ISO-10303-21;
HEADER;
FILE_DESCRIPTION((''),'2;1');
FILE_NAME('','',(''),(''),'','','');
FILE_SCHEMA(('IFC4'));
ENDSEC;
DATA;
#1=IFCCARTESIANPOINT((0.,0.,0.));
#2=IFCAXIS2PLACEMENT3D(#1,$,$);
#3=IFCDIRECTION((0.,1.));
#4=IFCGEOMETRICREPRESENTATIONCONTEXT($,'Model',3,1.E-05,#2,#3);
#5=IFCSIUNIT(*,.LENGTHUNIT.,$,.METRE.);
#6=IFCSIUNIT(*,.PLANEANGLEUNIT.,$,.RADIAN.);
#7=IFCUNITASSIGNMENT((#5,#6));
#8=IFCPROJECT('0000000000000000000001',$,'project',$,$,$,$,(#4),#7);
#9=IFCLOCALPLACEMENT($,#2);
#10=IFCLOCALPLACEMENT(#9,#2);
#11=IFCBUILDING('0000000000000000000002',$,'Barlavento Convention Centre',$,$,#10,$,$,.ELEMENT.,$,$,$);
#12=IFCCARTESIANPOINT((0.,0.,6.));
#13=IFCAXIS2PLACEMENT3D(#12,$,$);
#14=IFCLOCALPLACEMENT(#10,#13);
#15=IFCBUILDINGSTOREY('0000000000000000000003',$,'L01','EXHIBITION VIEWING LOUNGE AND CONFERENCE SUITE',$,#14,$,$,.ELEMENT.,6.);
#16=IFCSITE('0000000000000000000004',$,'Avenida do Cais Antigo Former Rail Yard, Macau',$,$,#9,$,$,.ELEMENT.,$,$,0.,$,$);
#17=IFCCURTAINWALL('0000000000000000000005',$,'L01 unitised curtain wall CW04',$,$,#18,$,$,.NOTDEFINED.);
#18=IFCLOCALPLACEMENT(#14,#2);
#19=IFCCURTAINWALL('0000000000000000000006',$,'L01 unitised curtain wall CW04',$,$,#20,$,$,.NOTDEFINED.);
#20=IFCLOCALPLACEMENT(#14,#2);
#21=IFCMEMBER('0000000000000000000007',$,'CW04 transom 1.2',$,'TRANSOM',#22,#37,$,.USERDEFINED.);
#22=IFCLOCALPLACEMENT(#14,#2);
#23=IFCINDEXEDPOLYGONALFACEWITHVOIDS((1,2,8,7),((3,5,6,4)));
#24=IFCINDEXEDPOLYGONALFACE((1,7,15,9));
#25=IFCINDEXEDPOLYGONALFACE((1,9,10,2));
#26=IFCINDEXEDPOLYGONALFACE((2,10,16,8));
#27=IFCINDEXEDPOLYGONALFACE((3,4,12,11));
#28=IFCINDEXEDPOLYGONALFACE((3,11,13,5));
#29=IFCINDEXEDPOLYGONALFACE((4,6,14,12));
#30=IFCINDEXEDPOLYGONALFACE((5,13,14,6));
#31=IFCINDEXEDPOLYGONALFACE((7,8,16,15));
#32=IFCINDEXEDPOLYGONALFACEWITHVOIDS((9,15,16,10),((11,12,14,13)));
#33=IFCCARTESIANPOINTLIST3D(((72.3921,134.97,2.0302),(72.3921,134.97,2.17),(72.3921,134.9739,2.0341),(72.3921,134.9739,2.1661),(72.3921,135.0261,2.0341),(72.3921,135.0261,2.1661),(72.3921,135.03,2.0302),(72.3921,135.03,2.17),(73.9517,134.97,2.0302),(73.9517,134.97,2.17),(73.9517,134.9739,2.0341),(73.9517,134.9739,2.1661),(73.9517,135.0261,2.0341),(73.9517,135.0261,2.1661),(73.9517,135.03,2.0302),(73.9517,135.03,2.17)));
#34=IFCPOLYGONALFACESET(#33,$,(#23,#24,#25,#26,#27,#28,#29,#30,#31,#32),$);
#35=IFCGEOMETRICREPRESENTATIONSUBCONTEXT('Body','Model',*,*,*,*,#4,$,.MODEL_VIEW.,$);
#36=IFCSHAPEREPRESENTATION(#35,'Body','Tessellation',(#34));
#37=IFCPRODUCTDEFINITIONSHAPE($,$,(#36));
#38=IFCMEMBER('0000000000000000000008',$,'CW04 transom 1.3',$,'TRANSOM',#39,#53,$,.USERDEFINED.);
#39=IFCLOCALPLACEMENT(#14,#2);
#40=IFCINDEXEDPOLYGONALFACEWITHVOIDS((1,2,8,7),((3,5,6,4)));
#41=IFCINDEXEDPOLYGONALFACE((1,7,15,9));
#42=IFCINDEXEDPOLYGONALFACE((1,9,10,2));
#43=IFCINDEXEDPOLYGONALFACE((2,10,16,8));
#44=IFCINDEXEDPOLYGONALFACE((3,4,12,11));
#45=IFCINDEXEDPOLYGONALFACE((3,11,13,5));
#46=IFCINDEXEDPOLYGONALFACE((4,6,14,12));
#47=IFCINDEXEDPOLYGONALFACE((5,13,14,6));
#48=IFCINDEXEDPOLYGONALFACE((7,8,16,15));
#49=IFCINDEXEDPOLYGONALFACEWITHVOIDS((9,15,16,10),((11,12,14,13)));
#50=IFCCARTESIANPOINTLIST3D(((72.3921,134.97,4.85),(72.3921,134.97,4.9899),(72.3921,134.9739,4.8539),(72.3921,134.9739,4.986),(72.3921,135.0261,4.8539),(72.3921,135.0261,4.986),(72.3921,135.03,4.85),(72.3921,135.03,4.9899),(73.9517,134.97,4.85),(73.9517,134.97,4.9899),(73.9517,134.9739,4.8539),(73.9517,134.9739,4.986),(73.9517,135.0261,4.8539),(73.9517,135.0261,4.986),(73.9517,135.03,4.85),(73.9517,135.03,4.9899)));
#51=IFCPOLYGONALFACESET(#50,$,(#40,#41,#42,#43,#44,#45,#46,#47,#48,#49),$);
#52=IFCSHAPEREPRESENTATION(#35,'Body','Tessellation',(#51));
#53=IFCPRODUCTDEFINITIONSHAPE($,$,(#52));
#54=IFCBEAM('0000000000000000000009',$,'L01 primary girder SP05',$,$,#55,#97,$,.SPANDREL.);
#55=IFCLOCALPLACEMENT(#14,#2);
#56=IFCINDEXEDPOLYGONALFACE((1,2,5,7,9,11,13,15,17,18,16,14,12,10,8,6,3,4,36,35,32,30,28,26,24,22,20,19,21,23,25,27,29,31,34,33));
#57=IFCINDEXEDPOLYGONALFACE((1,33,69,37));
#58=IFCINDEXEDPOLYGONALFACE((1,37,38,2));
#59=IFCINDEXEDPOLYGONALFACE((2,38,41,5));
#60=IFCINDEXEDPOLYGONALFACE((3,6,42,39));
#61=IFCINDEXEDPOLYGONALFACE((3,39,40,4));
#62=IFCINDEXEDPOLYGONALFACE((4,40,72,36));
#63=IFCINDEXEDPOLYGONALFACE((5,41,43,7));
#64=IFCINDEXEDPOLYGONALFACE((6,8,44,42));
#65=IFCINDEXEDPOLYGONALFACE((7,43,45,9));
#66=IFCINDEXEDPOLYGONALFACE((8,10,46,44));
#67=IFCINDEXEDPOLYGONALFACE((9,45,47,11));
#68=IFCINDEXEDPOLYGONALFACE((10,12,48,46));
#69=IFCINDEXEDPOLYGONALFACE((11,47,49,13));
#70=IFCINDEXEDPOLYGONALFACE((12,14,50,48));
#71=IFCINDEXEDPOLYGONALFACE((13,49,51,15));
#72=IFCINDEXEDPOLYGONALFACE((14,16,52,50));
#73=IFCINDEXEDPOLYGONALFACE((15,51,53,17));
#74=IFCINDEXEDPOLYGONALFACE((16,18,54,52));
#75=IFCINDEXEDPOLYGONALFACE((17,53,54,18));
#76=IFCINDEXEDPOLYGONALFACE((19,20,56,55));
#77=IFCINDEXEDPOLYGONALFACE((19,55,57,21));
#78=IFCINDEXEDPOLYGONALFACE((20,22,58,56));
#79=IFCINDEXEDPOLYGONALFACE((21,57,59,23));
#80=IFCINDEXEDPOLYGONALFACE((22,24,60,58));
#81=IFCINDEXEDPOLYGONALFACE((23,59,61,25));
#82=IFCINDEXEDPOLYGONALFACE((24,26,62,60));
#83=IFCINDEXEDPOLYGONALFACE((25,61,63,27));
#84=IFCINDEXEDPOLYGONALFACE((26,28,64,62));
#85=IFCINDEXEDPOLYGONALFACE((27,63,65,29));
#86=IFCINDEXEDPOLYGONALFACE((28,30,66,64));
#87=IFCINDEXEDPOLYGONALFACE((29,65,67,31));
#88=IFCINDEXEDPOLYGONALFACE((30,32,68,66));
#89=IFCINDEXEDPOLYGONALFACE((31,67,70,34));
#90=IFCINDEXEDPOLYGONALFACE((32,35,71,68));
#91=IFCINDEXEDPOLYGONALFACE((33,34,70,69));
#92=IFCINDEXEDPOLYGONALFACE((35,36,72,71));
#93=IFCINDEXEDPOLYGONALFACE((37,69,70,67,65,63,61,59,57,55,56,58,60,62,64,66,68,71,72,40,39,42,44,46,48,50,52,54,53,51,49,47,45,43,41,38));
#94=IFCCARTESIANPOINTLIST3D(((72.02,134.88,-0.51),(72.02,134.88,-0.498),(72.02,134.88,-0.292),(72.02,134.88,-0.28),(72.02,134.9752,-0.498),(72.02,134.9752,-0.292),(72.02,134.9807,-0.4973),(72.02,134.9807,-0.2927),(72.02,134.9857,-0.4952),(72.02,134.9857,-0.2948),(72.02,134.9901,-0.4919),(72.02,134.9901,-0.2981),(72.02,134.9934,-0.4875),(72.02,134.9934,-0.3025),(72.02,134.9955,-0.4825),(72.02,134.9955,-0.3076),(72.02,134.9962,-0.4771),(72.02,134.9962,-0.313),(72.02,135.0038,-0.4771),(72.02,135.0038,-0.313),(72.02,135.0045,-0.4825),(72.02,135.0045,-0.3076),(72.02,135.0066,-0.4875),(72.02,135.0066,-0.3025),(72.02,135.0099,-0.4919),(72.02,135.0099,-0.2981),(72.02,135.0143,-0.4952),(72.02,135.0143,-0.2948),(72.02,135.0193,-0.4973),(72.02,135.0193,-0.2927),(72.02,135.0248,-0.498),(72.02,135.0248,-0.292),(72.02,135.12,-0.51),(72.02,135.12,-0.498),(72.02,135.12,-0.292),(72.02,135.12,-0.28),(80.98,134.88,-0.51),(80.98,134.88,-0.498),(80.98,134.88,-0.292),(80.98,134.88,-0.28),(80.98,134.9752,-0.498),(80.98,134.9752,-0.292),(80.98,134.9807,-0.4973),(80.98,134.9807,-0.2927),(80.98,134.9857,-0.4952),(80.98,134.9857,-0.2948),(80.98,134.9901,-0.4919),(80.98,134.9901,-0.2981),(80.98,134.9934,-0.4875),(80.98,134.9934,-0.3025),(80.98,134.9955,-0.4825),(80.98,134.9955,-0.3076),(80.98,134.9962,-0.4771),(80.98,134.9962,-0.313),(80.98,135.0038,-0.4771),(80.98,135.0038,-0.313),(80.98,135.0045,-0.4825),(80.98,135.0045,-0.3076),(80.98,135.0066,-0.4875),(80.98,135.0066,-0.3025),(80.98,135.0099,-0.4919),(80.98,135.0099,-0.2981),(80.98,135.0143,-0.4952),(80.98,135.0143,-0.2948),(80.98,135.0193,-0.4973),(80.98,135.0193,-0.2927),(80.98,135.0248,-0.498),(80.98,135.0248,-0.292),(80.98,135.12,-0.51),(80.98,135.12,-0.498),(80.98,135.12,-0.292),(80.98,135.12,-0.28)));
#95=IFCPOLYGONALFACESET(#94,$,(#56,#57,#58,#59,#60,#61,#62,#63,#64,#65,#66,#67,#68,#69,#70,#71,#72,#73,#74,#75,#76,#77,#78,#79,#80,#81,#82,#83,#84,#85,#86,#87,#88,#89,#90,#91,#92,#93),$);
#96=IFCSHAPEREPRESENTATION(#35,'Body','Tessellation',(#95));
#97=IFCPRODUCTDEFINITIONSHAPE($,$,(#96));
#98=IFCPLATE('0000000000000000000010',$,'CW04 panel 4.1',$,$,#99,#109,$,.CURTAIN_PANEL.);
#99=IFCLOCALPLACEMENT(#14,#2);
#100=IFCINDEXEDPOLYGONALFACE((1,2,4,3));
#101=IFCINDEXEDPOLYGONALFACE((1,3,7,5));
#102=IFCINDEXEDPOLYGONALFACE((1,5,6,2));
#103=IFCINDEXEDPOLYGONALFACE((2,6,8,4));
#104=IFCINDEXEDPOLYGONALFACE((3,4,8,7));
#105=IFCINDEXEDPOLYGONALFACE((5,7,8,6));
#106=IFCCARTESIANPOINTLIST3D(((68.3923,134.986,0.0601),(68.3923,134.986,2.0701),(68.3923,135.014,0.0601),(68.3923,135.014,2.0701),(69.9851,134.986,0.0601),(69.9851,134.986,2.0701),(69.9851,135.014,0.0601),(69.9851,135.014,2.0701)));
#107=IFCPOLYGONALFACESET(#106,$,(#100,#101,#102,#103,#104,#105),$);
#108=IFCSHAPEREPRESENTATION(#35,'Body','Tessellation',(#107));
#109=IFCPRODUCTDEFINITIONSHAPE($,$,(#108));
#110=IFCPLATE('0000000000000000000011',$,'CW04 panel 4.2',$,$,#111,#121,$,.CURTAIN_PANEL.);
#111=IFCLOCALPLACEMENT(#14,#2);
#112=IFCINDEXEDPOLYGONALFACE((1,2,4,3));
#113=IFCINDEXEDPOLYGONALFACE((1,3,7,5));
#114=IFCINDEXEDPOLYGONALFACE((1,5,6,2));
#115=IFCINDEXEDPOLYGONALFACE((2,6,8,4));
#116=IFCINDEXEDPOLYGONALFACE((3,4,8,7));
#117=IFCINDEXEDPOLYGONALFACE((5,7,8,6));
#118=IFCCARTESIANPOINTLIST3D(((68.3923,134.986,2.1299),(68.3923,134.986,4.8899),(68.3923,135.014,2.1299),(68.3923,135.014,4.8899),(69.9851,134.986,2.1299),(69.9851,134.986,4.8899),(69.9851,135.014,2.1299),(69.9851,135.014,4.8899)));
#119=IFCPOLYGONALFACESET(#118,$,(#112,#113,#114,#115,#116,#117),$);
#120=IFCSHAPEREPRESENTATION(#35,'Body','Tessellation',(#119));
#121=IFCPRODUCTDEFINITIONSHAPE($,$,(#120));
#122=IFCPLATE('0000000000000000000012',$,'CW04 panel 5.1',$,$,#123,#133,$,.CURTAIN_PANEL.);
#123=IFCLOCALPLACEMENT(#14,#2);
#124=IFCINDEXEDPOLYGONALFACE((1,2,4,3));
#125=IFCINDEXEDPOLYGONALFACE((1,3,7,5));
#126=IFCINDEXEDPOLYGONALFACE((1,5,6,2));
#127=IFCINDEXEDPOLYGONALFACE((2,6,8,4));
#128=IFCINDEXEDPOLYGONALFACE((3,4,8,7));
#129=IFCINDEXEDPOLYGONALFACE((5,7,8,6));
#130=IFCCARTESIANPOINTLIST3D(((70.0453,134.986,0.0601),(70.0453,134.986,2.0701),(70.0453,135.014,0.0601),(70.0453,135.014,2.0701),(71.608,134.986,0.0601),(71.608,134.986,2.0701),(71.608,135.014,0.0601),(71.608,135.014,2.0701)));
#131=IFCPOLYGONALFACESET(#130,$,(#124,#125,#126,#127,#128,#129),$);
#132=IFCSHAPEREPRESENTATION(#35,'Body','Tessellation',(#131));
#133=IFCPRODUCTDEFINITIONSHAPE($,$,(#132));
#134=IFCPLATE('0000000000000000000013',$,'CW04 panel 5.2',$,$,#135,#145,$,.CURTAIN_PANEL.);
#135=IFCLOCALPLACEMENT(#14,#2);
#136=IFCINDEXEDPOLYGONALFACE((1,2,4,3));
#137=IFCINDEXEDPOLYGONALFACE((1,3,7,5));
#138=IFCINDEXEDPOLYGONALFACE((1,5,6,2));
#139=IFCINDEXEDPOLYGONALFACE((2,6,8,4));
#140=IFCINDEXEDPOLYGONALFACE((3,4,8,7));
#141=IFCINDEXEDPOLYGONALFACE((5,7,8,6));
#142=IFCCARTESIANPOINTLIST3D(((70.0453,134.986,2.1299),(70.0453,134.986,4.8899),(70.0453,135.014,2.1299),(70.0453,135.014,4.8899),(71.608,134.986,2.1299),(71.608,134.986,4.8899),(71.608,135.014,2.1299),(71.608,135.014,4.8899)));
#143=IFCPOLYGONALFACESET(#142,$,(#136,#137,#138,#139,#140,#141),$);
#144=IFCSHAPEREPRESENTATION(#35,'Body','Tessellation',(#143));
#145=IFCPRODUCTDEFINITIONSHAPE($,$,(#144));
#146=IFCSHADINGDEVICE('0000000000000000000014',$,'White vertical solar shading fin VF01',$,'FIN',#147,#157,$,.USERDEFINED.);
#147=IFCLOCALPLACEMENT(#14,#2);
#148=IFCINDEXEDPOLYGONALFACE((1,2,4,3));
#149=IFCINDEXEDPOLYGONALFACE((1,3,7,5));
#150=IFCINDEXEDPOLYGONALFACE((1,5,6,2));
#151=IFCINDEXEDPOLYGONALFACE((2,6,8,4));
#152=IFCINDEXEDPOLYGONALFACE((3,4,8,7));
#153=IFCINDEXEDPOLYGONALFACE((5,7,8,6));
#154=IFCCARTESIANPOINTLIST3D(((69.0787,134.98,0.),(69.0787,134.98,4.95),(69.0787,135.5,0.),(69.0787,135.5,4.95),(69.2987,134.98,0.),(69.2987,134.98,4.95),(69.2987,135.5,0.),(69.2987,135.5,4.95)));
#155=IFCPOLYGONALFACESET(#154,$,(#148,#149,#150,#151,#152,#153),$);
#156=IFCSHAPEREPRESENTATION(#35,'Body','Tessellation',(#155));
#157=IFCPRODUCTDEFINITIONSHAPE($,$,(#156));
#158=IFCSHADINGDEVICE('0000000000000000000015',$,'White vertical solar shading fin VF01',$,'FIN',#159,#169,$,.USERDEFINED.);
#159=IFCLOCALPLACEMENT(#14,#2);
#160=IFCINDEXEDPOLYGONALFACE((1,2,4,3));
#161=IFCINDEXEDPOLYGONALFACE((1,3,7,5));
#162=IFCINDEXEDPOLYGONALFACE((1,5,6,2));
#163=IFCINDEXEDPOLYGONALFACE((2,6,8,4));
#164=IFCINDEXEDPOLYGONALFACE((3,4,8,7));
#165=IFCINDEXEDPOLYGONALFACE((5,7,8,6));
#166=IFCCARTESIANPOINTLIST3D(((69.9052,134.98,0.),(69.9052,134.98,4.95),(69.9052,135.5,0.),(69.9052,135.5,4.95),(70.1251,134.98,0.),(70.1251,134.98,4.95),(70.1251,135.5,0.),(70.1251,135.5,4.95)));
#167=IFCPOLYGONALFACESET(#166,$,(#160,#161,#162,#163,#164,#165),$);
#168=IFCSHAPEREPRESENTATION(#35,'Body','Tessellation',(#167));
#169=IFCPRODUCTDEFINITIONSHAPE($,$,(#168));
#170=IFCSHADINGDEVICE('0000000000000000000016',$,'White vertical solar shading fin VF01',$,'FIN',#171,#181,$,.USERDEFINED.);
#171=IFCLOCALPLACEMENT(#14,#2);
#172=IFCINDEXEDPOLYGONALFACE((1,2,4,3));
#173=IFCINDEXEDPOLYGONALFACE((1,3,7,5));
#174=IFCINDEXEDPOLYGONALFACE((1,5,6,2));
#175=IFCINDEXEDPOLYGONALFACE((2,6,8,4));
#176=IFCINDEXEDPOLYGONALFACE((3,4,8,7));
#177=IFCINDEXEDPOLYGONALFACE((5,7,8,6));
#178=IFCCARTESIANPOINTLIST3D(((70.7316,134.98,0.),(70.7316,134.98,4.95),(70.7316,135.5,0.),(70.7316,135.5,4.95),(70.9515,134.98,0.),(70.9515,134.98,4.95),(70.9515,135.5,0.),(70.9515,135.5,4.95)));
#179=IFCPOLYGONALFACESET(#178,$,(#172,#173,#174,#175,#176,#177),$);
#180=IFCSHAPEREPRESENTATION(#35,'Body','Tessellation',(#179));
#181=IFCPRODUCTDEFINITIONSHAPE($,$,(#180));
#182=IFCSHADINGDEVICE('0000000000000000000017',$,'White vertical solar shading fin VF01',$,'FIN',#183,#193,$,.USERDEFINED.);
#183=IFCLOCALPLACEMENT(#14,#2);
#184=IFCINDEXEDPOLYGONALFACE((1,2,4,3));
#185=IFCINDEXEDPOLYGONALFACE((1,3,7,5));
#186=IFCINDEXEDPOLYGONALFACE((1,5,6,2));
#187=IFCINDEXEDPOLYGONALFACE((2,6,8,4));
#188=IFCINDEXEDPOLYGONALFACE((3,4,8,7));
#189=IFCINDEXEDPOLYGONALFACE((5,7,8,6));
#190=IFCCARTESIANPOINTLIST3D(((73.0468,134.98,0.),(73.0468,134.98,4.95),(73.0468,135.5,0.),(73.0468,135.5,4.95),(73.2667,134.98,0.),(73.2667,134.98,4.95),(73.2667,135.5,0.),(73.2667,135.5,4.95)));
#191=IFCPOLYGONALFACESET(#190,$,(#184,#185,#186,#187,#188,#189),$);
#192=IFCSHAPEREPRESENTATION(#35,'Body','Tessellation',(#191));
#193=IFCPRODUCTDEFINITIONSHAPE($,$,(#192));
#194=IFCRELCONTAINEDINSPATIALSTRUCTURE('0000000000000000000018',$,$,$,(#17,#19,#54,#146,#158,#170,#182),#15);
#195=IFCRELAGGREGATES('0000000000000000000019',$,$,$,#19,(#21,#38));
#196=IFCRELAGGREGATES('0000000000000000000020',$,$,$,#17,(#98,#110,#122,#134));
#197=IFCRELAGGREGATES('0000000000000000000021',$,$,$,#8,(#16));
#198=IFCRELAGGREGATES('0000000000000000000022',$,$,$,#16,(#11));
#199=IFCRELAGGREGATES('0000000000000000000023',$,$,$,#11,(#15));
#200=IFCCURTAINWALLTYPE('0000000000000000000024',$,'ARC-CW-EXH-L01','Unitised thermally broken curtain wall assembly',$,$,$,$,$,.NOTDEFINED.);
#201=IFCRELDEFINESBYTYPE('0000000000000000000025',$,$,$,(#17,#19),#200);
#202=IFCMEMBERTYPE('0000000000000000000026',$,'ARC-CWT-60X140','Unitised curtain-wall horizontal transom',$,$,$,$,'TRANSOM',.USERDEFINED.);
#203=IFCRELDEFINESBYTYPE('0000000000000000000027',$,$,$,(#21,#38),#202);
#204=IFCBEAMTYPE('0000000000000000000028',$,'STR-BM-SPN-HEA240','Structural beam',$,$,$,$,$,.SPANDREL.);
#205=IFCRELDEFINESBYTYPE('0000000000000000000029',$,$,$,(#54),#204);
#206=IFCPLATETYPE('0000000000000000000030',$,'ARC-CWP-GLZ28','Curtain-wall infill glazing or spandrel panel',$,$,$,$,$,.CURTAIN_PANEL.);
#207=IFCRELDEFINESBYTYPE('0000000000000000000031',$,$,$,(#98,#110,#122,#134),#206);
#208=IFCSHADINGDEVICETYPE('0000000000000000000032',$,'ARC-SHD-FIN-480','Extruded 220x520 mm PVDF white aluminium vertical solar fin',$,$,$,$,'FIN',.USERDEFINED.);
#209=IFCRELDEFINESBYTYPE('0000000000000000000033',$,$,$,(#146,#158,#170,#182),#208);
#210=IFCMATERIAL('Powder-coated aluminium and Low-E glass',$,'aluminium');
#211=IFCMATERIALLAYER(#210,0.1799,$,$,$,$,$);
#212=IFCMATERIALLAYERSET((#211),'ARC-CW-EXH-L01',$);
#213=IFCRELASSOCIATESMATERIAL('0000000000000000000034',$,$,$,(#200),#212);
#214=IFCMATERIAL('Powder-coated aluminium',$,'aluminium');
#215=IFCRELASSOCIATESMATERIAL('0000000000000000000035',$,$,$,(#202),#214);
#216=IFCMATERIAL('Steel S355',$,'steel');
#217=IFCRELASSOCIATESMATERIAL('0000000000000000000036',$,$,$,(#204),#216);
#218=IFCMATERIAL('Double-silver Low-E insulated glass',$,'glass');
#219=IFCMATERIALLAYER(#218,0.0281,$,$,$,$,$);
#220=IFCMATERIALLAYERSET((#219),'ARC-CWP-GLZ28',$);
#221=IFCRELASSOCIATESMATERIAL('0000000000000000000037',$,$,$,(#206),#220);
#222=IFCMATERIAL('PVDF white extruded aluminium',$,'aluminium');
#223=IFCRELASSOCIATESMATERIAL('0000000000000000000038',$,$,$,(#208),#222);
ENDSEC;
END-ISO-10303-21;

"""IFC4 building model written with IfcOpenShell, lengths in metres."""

from ifc_helpers import new_model, si_unit, direction, frame, origin, origin_2d, place, context, subcontext, project, spatial, rectangle, hollow_rectangle, i_section, extrude, material, layer, layer_set, material_profile, profile_set, type_object, element, aggregate, save


model = new_model("IFC4")

# Units and contexts
model_context = context("Model", 3, precision=1e-05, world=origin(), true_north=direction((0.0, 1.0)))
body_context = subcontext(model_context, "Body", "Model", "MODEL_VIEW")
ifc_project = project(units=[si_unit("LENGTHUNIT", "METRE"), si_unit("PLANEANGLEUNIT", "RADIAN")], contexts=[model_context])

# Site, building, storey
site_placement = place(None, origin())
site = spatial("IfcSite", under=ifc_project, at=site_placement, Name="Avenida do Cais Antigo Former Rail Yard, Macau", CompositionType="ELEMENT", RefElevation=0.0)
building_placement = place(site_placement, origin())
building = spatial("IfcBuilding", under=site, at=building_placement, Name="Barlavento Convention Centre", CompositionType="ELEMENT")
storey_placement = place(building_placement, frame((0.0, 0.0, 6.0)))
storey = spatial("IfcBuildingStorey", under=building, at=storey_placement, Name="L01", Description="EXHIBITION VIEWING LOUNGE AND CONFERENCE SUITE", CompositionType="ELEMENT", Elevation=6.0)

# Shared definitions
ifc_material_1 = material(Name="Steel S355", Category="steel")

# Curtain wall
ifc_material_2 = material(Name="Powder-coated aluminium and Low-E glass", Category="aluminium")
ifc_layer_1 = layer(ifc_material_2, 0.1799)
ifc_layer_set_1 = layer_set([ifc_layer_1], Name="ARC-CW-EXH-L01")
curtain_wall_type = type_object("IfcCurtainWallType", Name="ARC-CW-EXH-L01", Description="Unitised thermally broken curtain wall assembly", PredefinedType="NOTDEFINED", material=ifc_layer_set_1)
curtain_wall_1_placement = place(storey_placement, origin())
curtain_wall_1 = element("IfcCurtainWall", 1, at=curtain_wall_1_placement, inside=storey, type_object=curtain_wall_type, Name="L01 unitised curtain wall CW04", PredefinedType="NOTDEFINED")
ifc_material_3 = material(Name="Powder-coated aluminium", Category="aluminium")

# Curtain wall
curtain_wall_2_placement = place(storey_placement, origin())
curtain_wall_2 = element("IfcCurtainWall", 2, at=curtain_wall_2_placement, inside=storey, type_object=curtain_wall_type, Name="L01 unitised curtain wall CW04", PredefinedType="NOTDEFINED")

# Members
ifc_material_profile_1 = material_profile(ifc_material_3, hollow_rectangle(XDim=0.0601, YDim=0.1399, WallThickness=0.0039, at=origin_2d()), Name="AL-TRAN 60x140x4")
ifc_profile_set_1 = profile_set([ifc_material_profile_1], Name="Powder-coated aluminium")
member_type_1 = type_object("IfcMemberType", Name="ARC-CWT-60X140", Description="Unitised curtain-wall horizontal transom", ElementType="TRANSOM", PredefinedType="USERDEFINED", material=ifc_profile_set_1)
member_1_placement = place(storey_placement, frame((72.3921, 135.0, 2.1001), z_axis=(1.0, 0.0, 0.0), x_axis=(0.0, 1.0, 0.0)))
member_1 = element("IfcMember", 3, at=member_1_placement, type_object=member_type_1, Name="CW04 transom 1.2", ObjectType="TRANSOM", PredefinedType="USERDEFINED", context=body_context, shape_type="SweptSolid", body=[
    extrude(hollow_rectangle(XDim=0.0601, YDim=0.1399, WallThickness=0.0039, at=origin_2d()), origin(), (0.0, 0.0, 1.0), 1.5596),
])
member_2_placement = place(storey_placement, frame((72.3921, 135.0, 4.9199), z_axis=(1.0, 0.0, 0.0), x_axis=(0.0, 1.0, 0.0)))
member_2 = element("IfcMember", 4, at=member_2_placement, type_object=member_type_1, Name="CW04 transom 1.3", ObjectType="TRANSOM", PredefinedType="USERDEFINED", context=body_context, shape_type="SweptSolid", body=[
    extrude(hollow_rectangle(XDim=0.0601, YDim=0.1399, WallThickness=0.0039, at=origin_2d()), origin(), (0.0, 0.0, 1.0), 1.5596),
])
aggregate(curtain_wall_2, [member_1, member_2])

# Beam
ifc_material_profile_2 = material_profile(ifc_material_1, i_section(OverallWidth=0.24, OverallDepth=0.23, WebThickness=0.0076, FlangeThickness=0.012, FilletRadius=0.021, at=origin_2d()), Name="HEA 240")
ifc_profile_set_2 = profile_set([ifc_material_profile_2], Name="Steel S355")
beam_type = type_object("IfcBeamType", Name="STR-BM-SPN-HEA240", Description="Structural beam", PredefinedType="SPANDREL", material=ifc_profile_set_2)
beam_placement = place(storey_placement, frame((72.02, 135.0, -0.395), z_axis=(1.0, 0.0, 0.0), x_axis=(0.0, 1.0, 0.0)))
element("IfcBeam", 5, at=beam_placement, inside=storey, type_object=beam_type, Name="L01 primary girder SP05", PredefinedType="SPANDREL", context=body_context, shape_type="SweptSolid", body=[
    extrude(i_section(OverallWidth=0.24, OverallDepth=0.23, WebThickness=0.0076, FlangeThickness=0.012, FilletRadius=0.021, at=origin_2d()), origin(), (0.0, 0.0, 1.0), 8.96),
])

# Plates
ifc_material_4 = material(Name="Double-silver Low-E insulated glass", Category="glass")
ifc_layer_2 = layer(ifc_material_4, 0.0281)
ifc_layer_set_2 = layer_set([ifc_layer_2], Name="ARC-CWP-GLZ28")
plate_type = type_object("IfcPlateType", Name="ARC-CWP-GLZ28", Description="Curtain-wall infill glazing or spandrel panel", PredefinedType="CURTAIN_PANEL", material=ifc_layer_set_2)
plate_1_placement = place(storey_placement, frame((69.1887, 135.0, 0.0601), z_axis=(0.0, 0.0, 1.0), x_axis=(1.0, 0.0, 0.0)))
plate_1 = element("IfcPlate", 6, at=plate_1_placement, type_object=plate_type, Name="CW04 panel 4.1", PredefinedType="CURTAIN_PANEL", context=body_context, shape_type="SweptSolid", body=[
    extrude(rectangle(XDim=1.5928, YDim=0.0281, at=origin_2d()), origin(), (0.0, 0.0, 1.0), 2.01),
])
plate_2_placement = place(storey_placement, frame((69.1887, 135.0, 2.1299), z_axis=(0.0, 0.0, 1.0), x_axis=(1.0, 0.0, 0.0)))
plate_2 = element("IfcPlate", 7, at=plate_2_placement, type_object=plate_type, Name="CW04 panel 4.2", PredefinedType="CURTAIN_PANEL", context=body_context, shape_type="SweptSolid", body=[
    extrude(rectangle(XDim=1.5928, YDim=0.0281, at=origin_2d()), origin(), (0.0, 0.0, 1.0), 2.76),
])
plate_3_placement = place(storey_placement, frame((70.8267, 135.0, 0.0601), z_axis=(0.0, 0.0, 1.0), x_axis=(1.0, 0.0, 0.0)))
plate_3 = element("IfcPlate", 8, at=plate_3_placement, type_object=plate_type, Name="CW04 panel 5.1", PredefinedType="CURTAIN_PANEL", context=body_context, shape_type="SweptSolid", body=[
    extrude(rectangle(XDim=1.5627, YDim=0.0281, at=origin_2d()), origin(), (0.0, 0.0, 1.0), 2.01),
])
plate_4_placement = place(storey_placement, frame((70.8267, 135.0, 2.1299), z_axis=(0.0, 0.0, 1.0), x_axis=(1.0, 0.0, 0.0)))
plate_4 = element("IfcPlate", 9, at=plate_4_placement, type_object=plate_type, Name="CW04 panel 5.2", PredefinedType="CURTAIN_PANEL", context=body_context, shape_type="SweptSolid", body=[
    extrude(rectangle(XDim=1.5627, YDim=0.0281, at=origin_2d()), origin(), (0.0, 0.0, 1.0), 2.76),
])
aggregate(curtain_wall_1, [plate_1, plate_2, plate_3, plate_4])

# Shading devices
ifc_material_5 = material(Name="PVDF white extruded aluminium", Category="aluminium")
shading_device_type = type_object("IfcShadingDeviceType", Name="ARC-SHD-FIN-480", Description="Extruded 220x520 mm PVDF white aluminium vertical solar fin", ElementType="FIN", PredefinedType="USERDEFINED", material=ifc_material_5)
for number, where, z_axis, x_axis, name in (
    (10, (69.1887, 135.24, 0.0), (0.0, 0.0, 1.0), (1.0, 0.0, 0.0), "White vertical solar shading fin VF01"),
    (11, (70.0151, 135.24, 0.0), (0.0, 0.0, 1.0), (1.0, 0.0, 0.0), "White vertical solar shading fin VF01"),
    (12, (70.8416, 135.24, 0.0), (0.0, 0.0, 1.0), (1.0, 0.0, 0.0), "White vertical solar shading fin VF01"),
    (13, (73.1567, 135.24, 0.0), (0.0, 0.0, 1.0), (1.0, 0.0, 0.0), "White vertical solar shading fin VF01"),
):
    element("IfcShadingDevice", number, at=place(storey_placement, frame(where, z_axis=z_axis, x_axis=x_axis)), inside=storey, type_object=shading_device_type, Name=name, ObjectType="FIN", PredefinedType="USERDEFINED", context=body_context, shape_type="SweptSolid", body=[
        extrude(rectangle(XDim=0.22, YDim=0.52, at=origin_2d()), origin(), (0.0, 0.0, 1.0), 4.95),
    ])

save(model, "model.ifc")
